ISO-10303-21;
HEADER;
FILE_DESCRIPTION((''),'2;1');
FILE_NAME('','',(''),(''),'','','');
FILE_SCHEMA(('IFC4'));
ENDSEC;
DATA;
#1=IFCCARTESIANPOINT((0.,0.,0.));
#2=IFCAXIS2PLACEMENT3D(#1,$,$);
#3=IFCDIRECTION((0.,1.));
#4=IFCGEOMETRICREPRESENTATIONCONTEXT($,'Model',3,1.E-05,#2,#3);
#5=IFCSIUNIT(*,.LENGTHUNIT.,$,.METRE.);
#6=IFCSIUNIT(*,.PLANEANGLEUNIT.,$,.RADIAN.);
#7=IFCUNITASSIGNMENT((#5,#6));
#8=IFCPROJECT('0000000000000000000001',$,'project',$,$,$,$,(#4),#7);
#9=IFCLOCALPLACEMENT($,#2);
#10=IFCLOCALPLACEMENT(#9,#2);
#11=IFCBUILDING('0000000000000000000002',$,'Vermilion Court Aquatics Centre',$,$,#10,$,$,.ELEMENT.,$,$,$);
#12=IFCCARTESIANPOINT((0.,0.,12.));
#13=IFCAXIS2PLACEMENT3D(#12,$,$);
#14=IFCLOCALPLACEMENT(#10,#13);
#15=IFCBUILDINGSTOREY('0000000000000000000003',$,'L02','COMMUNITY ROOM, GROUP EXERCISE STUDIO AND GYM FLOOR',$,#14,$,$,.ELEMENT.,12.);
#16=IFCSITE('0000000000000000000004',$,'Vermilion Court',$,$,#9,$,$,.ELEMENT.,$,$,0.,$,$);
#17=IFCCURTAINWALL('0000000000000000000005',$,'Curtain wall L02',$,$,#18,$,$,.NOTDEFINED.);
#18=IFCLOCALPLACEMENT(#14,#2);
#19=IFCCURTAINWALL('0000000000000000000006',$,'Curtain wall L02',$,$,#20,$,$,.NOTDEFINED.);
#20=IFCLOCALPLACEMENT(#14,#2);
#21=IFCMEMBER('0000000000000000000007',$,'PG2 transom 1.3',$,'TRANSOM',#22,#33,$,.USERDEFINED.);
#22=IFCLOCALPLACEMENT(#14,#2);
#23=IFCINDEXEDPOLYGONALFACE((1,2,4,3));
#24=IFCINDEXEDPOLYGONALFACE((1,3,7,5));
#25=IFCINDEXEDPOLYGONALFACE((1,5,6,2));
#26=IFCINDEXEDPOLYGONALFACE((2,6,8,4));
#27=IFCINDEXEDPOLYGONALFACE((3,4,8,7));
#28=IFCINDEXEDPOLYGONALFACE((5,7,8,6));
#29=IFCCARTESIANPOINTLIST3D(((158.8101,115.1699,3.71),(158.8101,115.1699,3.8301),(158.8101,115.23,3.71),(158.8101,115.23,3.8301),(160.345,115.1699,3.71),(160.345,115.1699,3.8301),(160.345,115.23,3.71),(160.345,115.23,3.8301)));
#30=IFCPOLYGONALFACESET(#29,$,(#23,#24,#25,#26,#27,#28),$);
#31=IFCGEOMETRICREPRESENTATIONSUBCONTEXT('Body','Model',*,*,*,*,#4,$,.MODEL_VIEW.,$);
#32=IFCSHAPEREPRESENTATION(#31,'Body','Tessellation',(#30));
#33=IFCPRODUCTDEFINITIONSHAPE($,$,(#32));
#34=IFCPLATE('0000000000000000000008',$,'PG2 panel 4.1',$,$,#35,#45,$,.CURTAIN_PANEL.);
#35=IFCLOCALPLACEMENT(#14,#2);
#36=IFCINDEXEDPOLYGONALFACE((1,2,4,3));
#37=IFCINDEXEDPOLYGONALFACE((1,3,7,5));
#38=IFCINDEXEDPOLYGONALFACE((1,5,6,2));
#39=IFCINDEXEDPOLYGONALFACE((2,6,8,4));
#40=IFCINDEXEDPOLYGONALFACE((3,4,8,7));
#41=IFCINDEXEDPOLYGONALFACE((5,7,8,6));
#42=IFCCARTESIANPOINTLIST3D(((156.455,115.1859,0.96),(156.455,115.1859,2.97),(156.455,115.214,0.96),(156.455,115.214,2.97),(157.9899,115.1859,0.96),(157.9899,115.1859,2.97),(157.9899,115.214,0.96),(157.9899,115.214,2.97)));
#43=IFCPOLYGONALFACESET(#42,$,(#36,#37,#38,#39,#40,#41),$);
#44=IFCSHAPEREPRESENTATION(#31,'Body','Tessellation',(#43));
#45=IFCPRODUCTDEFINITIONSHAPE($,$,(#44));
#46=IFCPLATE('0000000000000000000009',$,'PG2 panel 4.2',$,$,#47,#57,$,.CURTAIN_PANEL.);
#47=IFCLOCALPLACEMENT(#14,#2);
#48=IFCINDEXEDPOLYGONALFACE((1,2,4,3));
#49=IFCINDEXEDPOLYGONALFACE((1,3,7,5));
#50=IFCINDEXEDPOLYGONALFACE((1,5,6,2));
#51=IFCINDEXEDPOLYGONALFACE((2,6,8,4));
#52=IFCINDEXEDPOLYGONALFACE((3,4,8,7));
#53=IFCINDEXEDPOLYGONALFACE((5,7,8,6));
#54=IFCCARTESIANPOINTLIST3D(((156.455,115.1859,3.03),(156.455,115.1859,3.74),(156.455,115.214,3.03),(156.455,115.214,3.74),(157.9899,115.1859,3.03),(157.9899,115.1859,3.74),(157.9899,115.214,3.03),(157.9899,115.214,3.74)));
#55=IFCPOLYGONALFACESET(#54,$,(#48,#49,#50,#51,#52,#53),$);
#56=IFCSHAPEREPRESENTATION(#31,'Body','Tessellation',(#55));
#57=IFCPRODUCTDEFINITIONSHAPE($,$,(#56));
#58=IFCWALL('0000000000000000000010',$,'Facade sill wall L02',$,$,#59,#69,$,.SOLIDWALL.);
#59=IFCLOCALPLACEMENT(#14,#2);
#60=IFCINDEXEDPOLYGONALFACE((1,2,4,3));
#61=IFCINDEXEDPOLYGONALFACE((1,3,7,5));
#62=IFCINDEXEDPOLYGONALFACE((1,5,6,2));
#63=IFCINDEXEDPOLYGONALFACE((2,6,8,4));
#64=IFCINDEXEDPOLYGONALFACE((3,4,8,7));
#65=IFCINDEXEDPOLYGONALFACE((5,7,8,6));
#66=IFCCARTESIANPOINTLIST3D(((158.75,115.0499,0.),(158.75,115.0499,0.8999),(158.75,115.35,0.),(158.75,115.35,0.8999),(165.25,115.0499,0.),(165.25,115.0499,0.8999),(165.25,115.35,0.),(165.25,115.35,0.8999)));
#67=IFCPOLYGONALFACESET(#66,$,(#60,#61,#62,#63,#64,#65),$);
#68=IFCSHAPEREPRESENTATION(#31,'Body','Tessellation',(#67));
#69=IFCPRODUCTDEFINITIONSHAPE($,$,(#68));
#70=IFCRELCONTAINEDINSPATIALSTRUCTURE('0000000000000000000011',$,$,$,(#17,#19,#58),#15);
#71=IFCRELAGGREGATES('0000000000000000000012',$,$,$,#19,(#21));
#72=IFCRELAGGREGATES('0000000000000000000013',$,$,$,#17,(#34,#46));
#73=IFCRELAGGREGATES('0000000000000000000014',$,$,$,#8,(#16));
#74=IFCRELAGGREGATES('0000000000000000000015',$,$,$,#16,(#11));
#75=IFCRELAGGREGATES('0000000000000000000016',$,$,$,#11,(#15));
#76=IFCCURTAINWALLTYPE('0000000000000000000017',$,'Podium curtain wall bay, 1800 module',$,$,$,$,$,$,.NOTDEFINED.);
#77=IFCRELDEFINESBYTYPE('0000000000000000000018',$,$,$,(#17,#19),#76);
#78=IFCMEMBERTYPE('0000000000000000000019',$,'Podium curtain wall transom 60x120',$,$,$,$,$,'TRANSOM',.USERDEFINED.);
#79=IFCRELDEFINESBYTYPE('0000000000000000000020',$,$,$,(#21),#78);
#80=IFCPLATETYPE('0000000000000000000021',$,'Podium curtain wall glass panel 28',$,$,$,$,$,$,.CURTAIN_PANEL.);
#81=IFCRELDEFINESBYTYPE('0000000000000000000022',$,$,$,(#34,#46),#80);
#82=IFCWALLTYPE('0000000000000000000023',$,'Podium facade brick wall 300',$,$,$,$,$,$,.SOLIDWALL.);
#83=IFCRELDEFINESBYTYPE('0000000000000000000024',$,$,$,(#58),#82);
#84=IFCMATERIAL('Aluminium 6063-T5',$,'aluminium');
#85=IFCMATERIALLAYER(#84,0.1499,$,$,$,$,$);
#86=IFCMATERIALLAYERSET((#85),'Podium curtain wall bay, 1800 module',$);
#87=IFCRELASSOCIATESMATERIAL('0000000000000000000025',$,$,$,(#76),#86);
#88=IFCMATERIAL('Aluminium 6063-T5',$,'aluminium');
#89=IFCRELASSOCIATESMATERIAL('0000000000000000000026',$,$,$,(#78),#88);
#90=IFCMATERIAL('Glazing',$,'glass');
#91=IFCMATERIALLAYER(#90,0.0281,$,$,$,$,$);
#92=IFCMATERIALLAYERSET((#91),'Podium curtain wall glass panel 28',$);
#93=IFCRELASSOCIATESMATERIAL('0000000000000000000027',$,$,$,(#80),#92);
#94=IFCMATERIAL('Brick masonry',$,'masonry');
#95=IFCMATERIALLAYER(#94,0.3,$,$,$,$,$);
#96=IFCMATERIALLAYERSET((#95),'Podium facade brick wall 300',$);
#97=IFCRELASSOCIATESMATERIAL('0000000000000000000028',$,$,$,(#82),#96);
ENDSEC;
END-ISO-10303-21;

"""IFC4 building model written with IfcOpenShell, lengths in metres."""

from ifc_helpers import new_model, si_unit, direction, frame, frame_2d, origin, origin_2d, place, context, subcontext, project, spatial, rectangle, extrude, material, layer, layer_set, material_profile, profile_set, type_object, element, aggregate, save


model = new_model("IFC4")

# Units and contexts
model_context = context("Model", 3, precision=1e-05, world=origin(), true_north=direction((0.0, 1.0)))
body_context = subcontext(model_context, "Body", "Model", "MODEL_VIEW")
ifc_project = project(units=[si_unit("LENGTHUNIT", "METRE"), si_unit("PLANEANGLEUNIT", "RADIAN")], contexts=[model_context])

# Site, building, storey
site_placement = place(None, origin())
site = spatial("IfcSite", under=ifc_project, at=site_placement, Name="Vermilion Court", CompositionType="ELEMENT", RefElevation=0.0)
building_placement = place(site_placement, origin())
building = spatial("IfcBuilding", under=site, at=building_placement, Name="Vermilion Court Aquatics Centre", CompositionType="ELEMENT")
storey_placement = place(building_placement, frame((0.0, 0.0, 12.0)))
storey = spatial("IfcBuildingStorey", under=building, at=storey_placement, Name="L02", Description="COMMUNITY ROOM, GROUP EXERCISE STUDIO AND GYM FLOOR", CompositionType="ELEMENT", Elevation=12.0)

# Curtain walls
ifc_material_1 = material(Name="Aluminium 6063-T5", Category="aluminium")
ifc_layer_1 = layer(ifc_material_1, 0.1499)
ifc_layer_set_1 = layer_set([ifc_layer_1], Name="Podium curtain wall bay, 1800 module")
curtain_wall_type = type_object("IfcCurtainWallType", Name="Podium curtain wall bay, 1800 module", PredefinedType="NOTDEFINED", material=ifc_layer_set_1)
curtain_wall_1_placement = place(storey_placement, origin())
curtain_wall_1 = element("IfcCurtainWall", 1, at=curtain_wall_1_placement, inside=storey, type_object=curtain_wall_type, Name="Curtain wall L02", PredefinedType="NOTDEFINED")
curtain_wall_2_placement = place(storey_placement, origin())
curtain_wall_2 = element("IfcCurtainWall", 2, at=curtain_wall_2_placement, inside=storey, type_object=curtain_wall_type, Name="Curtain wall L02", PredefinedType="NOTDEFINED")

# Member
ifc_material_2 = material(Name="Aluminium 6063-T5", Category="aluminium")
ifc_material_profile_1 = material_profile(ifc_material_2, rectangle(XDim=0.0601, YDim=0.1201, at=origin_2d()), Name="Transom 60x120")
ifc_profile_set_1 = profile_set([ifc_material_profile_1], Name="Aluminium 6063-T5")
member_type_1 = type_object("IfcMemberType", Name="Podium curtain wall transom 60x120", ElementType="TRANSOM", PredefinedType="USERDEFINED", material=ifc_profile_set_1)
member_1_placement = place(storey_placement, frame((158.8101, 115.2, 3.77), z_axis=(1.0, 0.0, 0.0), x_axis=(0.0, 1.0, 0.0)))
member_1 = element("IfcMember", 3, at=member_1_placement, type_object=member_type_1, Name="PG2 transom 1.3", ObjectType="TRANSOM", PredefinedType="USERDEFINED", context=body_context, shape_type="SweptSolid", body=[
    extrude(rectangle(XDim=0.0601, YDim=0.1201, at=origin_2d()), origin(), (0.0, 0.0, 1.0), 1.5349),
])
aggregate(curtain_wall_2, [member_1])

# Plates
ifc_material_3 = material(Name="Glazing", Category="glass")
ifc_layer_2 = layer(ifc_material_3, 0.0281)
ifc_layer_set_2 = layer_set([ifc_layer_2], Name="Podium curtain wall glass panel 28")
plate_type = type_object("IfcPlateType", Name="Podium curtain wall glass panel 28", PredefinedType="CURTAIN_PANEL", material=ifc_layer_set_2)
plate_1_placement = place(storey_placement, frame((157.2224, 115.2, 0.96), z_axis=(0.0, 0.0, 1.0), x_axis=(1.0, 0.0, 0.0)))
plate_1 = element("IfcPlate", 4, at=plate_1_placement, type_object=plate_type, Name="PG2 panel 4.1", PredefinedType="CURTAIN_PANEL", context=body_context, shape_type="SweptSolid", body=[
    extrude(rectangle(XDim=1.5349, YDim=0.0281, at=origin_2d()), origin(), (0.0, 0.0, 1.0), 2.01),
])
plate_2_placement = place(storey_placement, frame((157.2224, 115.2, 3.03), z_axis=(0.0, 0.0, 1.0), x_axis=(1.0, 0.0, 0.0)))
plate_2 = element("IfcPlate", 5, at=plate_2_placement, type_object=plate_type, Name="PG2 panel 4.2", PredefinedType="CURTAIN_PANEL", context=body_context, shape_type="SweptSolid", body=[
    extrude(rectangle(XDim=1.5349, YDim=0.0281, at=origin_2d()), origin(), (0.0, 0.0, 1.0), 0.71),
])
aggregate(curtain_wall_1, [plate_1, plate_2])

# Wall
ifc_material_4 = material(Name="Brick masonry", Category="masonry")
ifc_layer_3 = layer(ifc_material_4, 0.3)
ifc_layer_set_3 = layer_set([ifc_layer_3], Name="Podium facade brick wall 300")
wall_type = type_object("IfcWallType", Name="Podium facade brick wall 300", PredefinedType="SOLIDWALL", material=ifc_layer_set_3)
wall_placement = place(storey_placement, frame((158.75, 115.2, 0.0), z_axis=(0.0, 0.0, 1.0), x_axis=(1.0, 0.0, 0.0)))
element("IfcWall", 6, at=wall_placement, inside=storey, type_object=wall_type, Name="Facade sill wall L02", PredefinedType="SOLIDWALL", context=body_context, shape_type="SweptSolid", body=[
    extrude(rectangle(XDim=6.5, YDim=0.3, at=frame_2d((3.25, 0.0))), origin(), (0.0, 0.0, 1.0), 0.8999),
])

save(model, "model.ifc")
